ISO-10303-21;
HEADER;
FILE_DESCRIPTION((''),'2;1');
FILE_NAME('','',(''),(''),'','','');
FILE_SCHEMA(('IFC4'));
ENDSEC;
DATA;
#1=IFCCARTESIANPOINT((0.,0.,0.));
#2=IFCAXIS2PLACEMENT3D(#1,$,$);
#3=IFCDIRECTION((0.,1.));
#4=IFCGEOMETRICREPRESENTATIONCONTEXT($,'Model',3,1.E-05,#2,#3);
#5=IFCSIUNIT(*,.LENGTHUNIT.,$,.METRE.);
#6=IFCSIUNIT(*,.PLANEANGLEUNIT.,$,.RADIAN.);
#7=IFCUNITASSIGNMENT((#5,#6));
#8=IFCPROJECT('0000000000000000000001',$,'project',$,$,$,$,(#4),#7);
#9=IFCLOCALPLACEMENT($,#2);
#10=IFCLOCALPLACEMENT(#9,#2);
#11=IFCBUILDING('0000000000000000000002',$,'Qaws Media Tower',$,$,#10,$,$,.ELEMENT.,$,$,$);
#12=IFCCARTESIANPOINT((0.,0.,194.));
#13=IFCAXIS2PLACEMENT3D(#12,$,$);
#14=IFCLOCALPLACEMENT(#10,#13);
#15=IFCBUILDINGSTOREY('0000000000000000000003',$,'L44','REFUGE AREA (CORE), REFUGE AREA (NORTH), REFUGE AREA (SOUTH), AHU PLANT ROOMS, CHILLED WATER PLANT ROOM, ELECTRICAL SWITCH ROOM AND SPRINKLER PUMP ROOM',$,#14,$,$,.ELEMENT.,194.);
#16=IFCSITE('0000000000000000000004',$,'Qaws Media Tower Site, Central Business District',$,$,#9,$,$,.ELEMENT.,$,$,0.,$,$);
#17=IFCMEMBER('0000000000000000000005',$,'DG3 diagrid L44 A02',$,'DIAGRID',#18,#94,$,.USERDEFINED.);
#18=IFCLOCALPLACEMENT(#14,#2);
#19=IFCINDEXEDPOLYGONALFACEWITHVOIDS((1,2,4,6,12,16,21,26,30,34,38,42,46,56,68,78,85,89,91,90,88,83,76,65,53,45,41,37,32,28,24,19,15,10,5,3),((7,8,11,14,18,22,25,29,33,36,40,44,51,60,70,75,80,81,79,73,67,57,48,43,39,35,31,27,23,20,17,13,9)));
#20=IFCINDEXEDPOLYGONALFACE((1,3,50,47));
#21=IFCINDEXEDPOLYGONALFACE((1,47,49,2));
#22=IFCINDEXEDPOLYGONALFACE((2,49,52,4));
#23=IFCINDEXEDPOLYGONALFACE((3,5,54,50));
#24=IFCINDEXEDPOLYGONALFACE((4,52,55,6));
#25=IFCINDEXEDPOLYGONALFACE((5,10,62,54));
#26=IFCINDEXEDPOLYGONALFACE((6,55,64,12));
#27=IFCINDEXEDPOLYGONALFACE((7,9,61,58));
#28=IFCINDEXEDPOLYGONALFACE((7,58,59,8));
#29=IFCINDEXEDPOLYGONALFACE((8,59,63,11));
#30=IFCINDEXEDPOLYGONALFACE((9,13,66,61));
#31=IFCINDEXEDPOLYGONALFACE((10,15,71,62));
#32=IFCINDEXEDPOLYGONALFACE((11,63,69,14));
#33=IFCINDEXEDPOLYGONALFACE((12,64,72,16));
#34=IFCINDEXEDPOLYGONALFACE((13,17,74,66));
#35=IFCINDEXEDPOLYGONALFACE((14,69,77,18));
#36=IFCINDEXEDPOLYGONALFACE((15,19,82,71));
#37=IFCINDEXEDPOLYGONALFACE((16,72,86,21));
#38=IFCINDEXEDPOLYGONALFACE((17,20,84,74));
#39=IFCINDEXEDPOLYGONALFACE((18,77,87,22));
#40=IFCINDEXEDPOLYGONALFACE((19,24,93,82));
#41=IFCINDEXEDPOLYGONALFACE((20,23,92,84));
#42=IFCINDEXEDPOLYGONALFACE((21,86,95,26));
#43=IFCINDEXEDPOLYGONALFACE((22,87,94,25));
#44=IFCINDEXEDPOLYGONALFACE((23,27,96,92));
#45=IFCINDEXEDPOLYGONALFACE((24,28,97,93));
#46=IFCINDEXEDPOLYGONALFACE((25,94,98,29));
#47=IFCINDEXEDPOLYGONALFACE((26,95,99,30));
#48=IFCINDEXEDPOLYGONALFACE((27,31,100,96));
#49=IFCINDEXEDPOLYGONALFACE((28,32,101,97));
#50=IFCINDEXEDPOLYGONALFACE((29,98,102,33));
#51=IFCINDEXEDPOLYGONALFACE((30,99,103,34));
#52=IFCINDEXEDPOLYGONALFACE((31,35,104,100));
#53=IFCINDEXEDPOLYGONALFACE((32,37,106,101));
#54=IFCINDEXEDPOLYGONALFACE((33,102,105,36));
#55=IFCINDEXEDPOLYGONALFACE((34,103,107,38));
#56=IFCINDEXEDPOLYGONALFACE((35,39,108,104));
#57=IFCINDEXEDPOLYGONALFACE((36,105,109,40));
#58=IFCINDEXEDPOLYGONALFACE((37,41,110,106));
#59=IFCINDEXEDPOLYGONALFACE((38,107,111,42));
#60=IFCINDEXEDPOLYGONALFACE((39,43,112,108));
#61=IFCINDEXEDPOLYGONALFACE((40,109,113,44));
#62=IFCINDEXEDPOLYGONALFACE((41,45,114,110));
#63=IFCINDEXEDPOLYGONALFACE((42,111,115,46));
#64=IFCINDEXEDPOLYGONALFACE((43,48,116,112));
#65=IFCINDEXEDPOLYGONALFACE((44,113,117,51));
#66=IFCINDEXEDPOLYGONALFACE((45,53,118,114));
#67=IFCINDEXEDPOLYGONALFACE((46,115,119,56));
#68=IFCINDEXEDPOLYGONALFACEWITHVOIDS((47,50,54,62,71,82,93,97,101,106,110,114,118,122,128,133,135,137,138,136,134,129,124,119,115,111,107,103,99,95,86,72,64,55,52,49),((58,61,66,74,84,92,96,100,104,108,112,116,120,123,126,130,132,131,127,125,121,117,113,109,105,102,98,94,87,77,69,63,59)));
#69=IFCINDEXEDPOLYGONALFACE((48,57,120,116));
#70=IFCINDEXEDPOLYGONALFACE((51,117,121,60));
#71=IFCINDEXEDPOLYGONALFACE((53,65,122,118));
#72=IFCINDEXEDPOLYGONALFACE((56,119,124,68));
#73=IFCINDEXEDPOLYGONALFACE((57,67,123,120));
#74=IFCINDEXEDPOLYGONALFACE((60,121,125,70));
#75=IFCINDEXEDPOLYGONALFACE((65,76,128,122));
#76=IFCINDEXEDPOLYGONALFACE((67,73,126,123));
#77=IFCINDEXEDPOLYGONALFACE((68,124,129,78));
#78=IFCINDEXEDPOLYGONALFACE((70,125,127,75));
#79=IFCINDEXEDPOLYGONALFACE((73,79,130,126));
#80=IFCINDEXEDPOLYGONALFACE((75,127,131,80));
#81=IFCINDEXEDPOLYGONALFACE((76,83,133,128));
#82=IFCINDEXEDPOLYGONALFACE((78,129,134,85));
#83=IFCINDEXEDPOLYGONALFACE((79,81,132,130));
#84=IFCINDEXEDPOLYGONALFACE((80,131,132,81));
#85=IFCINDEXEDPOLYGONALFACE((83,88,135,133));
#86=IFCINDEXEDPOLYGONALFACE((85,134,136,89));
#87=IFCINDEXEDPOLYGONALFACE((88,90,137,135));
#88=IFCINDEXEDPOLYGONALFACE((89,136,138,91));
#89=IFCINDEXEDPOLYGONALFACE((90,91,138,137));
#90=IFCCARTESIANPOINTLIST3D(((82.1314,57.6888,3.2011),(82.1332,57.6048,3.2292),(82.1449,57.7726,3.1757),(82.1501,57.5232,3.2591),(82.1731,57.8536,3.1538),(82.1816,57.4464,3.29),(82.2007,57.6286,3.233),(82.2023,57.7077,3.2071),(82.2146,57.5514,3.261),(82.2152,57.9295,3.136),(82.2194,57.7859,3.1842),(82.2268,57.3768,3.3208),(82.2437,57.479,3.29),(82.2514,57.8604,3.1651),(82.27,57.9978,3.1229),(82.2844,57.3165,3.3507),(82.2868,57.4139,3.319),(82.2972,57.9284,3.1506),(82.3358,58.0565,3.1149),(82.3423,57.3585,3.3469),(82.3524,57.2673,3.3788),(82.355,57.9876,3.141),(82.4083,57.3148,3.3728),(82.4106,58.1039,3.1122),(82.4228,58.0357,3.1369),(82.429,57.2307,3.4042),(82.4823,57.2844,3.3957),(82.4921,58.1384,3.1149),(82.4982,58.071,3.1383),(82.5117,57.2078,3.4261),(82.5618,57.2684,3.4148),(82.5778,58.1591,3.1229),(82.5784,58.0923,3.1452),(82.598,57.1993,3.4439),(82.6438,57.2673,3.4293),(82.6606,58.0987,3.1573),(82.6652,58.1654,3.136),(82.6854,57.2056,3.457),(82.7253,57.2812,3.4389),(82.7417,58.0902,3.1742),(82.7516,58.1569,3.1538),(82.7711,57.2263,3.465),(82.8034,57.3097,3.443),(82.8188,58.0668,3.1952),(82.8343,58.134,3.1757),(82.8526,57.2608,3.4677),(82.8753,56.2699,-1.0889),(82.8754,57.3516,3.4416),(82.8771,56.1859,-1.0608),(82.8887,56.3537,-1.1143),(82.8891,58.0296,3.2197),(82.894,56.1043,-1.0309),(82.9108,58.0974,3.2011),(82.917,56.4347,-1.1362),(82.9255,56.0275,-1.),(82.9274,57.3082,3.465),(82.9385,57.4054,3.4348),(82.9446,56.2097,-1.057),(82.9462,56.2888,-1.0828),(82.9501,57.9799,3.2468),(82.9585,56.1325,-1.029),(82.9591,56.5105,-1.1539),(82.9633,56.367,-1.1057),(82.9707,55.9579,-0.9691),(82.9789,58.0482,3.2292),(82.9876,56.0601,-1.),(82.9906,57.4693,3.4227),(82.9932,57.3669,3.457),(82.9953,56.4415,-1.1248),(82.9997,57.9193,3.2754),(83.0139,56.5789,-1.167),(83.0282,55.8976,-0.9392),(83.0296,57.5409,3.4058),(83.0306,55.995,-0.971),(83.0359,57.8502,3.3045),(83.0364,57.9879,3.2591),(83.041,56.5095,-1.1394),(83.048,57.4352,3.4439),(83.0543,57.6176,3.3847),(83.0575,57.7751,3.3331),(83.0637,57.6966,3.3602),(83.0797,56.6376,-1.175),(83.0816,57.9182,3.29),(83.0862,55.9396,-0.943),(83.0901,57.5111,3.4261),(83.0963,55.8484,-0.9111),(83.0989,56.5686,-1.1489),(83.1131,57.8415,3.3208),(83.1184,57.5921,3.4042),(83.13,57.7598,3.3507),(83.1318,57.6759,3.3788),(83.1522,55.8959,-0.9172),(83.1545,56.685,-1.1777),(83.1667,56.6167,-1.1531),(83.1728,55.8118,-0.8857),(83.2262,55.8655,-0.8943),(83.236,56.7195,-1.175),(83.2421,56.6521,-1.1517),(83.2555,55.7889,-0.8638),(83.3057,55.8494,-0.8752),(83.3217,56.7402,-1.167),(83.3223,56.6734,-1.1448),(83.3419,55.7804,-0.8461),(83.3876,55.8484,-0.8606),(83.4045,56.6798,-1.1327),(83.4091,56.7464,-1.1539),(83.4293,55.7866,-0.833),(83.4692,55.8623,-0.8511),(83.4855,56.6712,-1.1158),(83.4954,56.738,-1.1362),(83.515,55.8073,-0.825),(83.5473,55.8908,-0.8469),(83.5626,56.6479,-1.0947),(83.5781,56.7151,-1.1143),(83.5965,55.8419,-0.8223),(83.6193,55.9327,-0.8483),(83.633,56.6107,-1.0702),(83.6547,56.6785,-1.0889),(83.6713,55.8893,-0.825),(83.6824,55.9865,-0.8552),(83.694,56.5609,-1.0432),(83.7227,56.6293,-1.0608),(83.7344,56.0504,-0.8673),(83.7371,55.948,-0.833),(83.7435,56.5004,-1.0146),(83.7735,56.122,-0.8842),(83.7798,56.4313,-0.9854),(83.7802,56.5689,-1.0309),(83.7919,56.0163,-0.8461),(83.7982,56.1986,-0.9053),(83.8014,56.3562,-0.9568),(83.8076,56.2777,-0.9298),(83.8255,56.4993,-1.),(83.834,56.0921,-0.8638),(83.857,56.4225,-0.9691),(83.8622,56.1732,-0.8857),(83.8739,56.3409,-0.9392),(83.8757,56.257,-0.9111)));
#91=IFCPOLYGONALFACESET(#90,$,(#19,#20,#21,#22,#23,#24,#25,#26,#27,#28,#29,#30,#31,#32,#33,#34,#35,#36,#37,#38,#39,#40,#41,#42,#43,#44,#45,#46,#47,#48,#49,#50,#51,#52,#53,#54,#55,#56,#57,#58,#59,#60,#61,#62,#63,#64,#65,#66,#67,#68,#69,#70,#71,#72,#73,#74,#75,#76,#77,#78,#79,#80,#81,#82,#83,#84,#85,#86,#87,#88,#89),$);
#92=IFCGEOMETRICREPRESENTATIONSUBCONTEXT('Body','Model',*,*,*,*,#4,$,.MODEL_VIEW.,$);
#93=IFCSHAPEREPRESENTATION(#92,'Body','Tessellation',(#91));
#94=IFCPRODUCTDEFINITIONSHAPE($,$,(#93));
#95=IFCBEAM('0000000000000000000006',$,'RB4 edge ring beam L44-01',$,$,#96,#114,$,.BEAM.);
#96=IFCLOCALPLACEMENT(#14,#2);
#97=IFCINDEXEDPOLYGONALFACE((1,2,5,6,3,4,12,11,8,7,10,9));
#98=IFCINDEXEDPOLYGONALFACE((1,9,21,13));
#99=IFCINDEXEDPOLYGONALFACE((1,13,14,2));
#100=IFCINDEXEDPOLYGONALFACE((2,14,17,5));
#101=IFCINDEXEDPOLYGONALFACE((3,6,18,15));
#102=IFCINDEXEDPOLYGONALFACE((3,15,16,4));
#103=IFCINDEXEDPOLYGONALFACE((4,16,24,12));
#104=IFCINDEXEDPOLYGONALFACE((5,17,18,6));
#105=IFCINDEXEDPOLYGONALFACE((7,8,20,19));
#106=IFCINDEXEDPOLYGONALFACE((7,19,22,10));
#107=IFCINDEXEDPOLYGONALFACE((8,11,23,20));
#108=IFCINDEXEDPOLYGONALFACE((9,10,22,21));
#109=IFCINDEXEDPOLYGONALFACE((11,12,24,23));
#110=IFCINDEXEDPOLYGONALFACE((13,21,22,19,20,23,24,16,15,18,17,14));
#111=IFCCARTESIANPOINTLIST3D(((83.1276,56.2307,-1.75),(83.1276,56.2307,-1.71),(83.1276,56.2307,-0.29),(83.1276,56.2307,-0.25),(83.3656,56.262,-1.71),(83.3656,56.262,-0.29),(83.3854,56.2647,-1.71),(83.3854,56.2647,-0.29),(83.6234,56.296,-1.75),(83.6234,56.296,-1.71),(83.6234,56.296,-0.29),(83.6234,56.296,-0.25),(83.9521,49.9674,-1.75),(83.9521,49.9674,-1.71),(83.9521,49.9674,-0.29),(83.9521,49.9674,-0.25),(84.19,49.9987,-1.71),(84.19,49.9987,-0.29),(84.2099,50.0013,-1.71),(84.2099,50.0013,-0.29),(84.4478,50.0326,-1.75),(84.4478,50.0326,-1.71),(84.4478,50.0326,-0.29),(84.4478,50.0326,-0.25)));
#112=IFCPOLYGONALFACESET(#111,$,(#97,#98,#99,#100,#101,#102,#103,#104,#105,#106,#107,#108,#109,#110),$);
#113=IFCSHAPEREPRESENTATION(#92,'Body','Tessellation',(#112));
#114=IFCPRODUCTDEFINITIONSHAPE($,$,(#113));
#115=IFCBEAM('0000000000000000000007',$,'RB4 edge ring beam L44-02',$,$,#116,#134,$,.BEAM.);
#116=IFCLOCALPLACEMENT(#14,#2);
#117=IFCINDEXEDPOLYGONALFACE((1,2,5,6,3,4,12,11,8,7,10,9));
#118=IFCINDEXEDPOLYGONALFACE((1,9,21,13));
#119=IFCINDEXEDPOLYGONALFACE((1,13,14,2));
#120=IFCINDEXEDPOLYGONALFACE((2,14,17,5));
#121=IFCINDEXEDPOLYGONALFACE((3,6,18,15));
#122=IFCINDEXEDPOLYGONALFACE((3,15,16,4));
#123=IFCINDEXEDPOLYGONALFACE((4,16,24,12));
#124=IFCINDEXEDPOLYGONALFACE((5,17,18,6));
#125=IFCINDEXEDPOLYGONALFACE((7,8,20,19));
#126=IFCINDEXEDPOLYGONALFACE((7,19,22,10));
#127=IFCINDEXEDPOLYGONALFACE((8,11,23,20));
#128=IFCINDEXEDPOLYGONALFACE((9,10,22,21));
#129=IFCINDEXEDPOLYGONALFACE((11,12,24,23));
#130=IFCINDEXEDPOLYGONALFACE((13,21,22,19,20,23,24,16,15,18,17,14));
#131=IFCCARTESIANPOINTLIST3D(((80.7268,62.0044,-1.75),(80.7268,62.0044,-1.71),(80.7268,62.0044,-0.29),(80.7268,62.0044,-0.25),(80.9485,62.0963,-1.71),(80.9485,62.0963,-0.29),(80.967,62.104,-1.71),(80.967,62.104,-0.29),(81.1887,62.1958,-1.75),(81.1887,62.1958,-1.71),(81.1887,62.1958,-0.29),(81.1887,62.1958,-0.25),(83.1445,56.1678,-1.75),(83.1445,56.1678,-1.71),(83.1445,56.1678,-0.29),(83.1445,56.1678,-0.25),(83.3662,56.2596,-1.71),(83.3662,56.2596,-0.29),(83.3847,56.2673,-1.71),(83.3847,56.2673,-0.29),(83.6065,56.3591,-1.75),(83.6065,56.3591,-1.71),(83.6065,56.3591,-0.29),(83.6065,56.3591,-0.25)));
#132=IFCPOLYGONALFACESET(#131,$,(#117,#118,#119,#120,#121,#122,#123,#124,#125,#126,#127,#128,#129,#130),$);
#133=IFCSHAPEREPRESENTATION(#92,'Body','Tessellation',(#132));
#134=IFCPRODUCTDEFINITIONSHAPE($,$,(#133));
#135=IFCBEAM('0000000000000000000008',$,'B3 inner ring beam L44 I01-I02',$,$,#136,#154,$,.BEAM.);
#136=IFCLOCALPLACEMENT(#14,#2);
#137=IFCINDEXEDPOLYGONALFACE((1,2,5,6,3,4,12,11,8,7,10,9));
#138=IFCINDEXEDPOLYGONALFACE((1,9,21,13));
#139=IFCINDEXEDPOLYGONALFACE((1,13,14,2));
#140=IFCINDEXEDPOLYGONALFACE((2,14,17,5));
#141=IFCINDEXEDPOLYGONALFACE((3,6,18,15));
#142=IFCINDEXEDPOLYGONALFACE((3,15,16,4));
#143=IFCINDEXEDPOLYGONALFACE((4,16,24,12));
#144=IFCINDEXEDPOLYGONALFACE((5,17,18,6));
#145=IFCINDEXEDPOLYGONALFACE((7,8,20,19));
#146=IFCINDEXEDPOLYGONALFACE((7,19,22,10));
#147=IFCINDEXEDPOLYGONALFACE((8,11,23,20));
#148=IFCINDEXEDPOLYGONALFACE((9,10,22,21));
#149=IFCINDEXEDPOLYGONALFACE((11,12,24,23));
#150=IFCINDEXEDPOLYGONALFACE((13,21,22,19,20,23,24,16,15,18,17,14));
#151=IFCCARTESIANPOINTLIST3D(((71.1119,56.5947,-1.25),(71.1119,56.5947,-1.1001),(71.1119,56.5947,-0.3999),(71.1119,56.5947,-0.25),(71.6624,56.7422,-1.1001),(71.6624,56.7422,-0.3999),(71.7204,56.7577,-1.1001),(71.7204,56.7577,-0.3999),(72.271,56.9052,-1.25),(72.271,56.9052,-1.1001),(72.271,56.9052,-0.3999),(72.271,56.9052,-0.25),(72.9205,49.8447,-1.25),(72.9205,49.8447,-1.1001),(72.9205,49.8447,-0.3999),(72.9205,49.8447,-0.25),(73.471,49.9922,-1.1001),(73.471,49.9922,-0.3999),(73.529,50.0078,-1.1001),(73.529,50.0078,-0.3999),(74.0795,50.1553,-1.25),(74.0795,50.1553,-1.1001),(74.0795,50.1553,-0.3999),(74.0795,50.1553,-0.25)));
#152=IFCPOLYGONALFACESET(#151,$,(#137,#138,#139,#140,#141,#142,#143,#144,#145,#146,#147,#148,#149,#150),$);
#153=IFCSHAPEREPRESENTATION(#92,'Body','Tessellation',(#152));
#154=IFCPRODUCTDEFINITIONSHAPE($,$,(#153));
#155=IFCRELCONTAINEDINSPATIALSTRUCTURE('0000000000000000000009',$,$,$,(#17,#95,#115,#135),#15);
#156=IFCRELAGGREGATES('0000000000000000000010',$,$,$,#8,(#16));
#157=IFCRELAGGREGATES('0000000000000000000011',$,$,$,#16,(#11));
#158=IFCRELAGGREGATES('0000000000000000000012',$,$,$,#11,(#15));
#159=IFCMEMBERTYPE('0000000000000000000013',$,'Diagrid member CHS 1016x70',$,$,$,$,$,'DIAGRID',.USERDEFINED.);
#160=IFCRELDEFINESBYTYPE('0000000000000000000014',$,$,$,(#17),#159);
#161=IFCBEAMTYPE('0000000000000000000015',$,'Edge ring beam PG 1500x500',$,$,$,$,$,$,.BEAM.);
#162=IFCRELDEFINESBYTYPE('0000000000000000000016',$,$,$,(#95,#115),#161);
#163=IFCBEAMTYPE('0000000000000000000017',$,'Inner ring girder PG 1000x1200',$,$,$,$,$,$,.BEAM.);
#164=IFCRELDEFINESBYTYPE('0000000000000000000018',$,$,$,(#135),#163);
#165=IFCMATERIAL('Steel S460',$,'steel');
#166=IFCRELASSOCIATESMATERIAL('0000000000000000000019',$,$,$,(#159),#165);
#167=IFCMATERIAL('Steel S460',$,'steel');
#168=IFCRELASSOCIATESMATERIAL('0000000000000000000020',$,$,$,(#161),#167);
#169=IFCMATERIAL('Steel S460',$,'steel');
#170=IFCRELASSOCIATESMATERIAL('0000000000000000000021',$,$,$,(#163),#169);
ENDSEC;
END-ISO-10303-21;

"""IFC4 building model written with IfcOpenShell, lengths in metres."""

from ifc_helpers import new_model, si_unit, direction, frame, origin, origin_2d, place, context, subcontext, project, spatial, hollow_circle, i_section, extrude, material, material_profile, profile_set, type_object, element, save


model = new_model("IFC4")

# Units and contexts
model_context = context("Model", 3, precision=1e-05, world=origin(), true_north=direction((0.0, 1.0)))
body_context = subcontext(model_context, "Body", "Model", "MODEL_VIEW")
ifc_project = project(units=[si_unit("LENGTHUNIT", "METRE"), si_unit("PLANEANGLEUNIT", "RADIAN")], contexts=[model_context])

# Site, building, storey
site_placement = place(None, origin())
site = spatial("IfcSite", under=ifc_project, at=site_placement, Name="Qaws Media Tower Site, Central Business District", CompositionType="ELEMENT", RefElevation=0.0)
building_placement = place(site_placement, origin())
building = spatial("IfcBuilding", under=site, at=building_placement, Name="Qaws Media Tower", CompositionType="ELEMENT")
storey_placement = place(building_placement, frame((0.0, 0.0, 194.0)))
storey = spatial("IfcBuildingStorey", under=building, at=storey_placement, Name="L44", Description="REFUGE AREA (CORE), REFUGE AREA (NORTH), REFUGE AREA (SOUTH), AHU PLANT ROOMS, CHILLED WATER PLANT ROOM, ELECTRICAL SWITCH ROOM AND SPRINKLER PUMP ROOM", CompositionType="ELEMENT", Elevation=194.0)

# Member
ifc_material_1 = material(Name="Steel S460", Category="steel")
ifc_material_profile_1 = material_profile(ifc_material_1, hollow_circle(Radius=0.5081, WallThickness=0.0701, at=origin_2d()), Name="CHS 1016x70")
ifc_profile_set_1 = profile_set([ifc_material_profile_1], Name="Steel S460")
member_type_1 = type_object("IfcMemberType", Name="Diagrid member CHS 1016x70", ElementType="DIAGRID", PredefinedType="USERDEFINED", material=ifc_profile_set_1)
for number, where, z_axis, x_axis, name in (
    (1, (83.3755, 56.2634, -1.0), (-0.162443, 0.309852, 0.936805), (-0.885667, -0.46432, 0.0), "DG3 diagrid L44 A02"),
):
    element("IfcMember", number, at=place(storey_placement, frame(where, z_axis=z_axis, x_axis=x_axis)), inside=storey, type_object=member_type_1, Name=name, ObjectType="DIAGRID", PredefinedType="USERDEFINED", context=body_context, shape_type="SweptSolid", body=[
        extrude(hollow_circle(Radius=0.5081, WallThickness=0.0701, at=origin_2d()), origin(), (0.0, 0.0, 1.0), 4.5793),
    ])

# Beams
ifc_material_2 = material(Name="Steel S460", Category="steel")
ifc_material_profile_2 = material_profile(ifc_material_2, i_section(OverallWidth=0.5, OverallDepth=1.5, WebThickness=0.02, FlangeThickness=0.04, at=origin_2d()), Name="PG 1500x500")
ifc_profile_set_2 = profile_set([ifc_material_profile_2], Name="Steel S460")
beam_type_1 = type_object("IfcBeamType", Name="Edge ring beam PG 1500x500", PredefinedType="BEAM", material=ifc_profile_set_2)
beam_1_placement = place(storey_placement, frame((84.2, 50.0, -1.0), z_axis=(-0.130505, 0.991448, 0.0), x_axis=(-0.991448, -0.130505, 0.0)))
element("IfcBeam", 2, at=beam_1_placement, inside=storey, type_object=beam_type_1, Name="RB4 edge ring beam L44-01", PredefinedType="BEAM", context=body_context, shape_type="SweptSolid", body=[
    extrude(i_section(OverallWidth=0.5, OverallDepth=1.5, WebThickness=0.02, FlangeThickness=0.04, at=origin_2d()), origin(), (0.0, 0.0, 1.0), 6.3174),
])
beam_2_placement = place(storey_placement, frame((83.3755, 56.2634, -1.0), z_axis=(-0.382697, 0.923874, 0.0), x_axis=(-0.923874, -0.382697, 0.0)))
element("IfcBeam", 3, at=beam_2_placement, inside=storey, type_object=beam_type_1, Name="RB4 edge ring beam L44-02", PredefinedType="BEAM", context=body_context, shape_type="SweptSolid", body=[
    extrude(i_section(OverallWidth=0.5, OverallDepth=1.5, WebThickness=0.02, FlangeThickness=0.04, at=origin_2d()), origin(), (0.0, 0.0, 1.0), 6.3176),
])
ifc_material_3 = material(Name="Steel S460", Category="steel")
ifc_material_profile_3 = material_profile(ifc_material_3, i_section(OverallWidth=1.2, OverallDepth=1.0, WebThickness=0.0601, FlangeThickness=0.1499, at=origin_2d()), Name="PG 1000x1200")
ifc_profile_set_3 = profile_set([ifc_material_profile_3], Name="Steel S460")
beam_type_2 = type_object("IfcBeamType", Name="Inner ring girder PG 1000x1200", PredefinedType="BEAM", material=ifc_profile_set_3)
beam_3_placement = place(storey_placement, frame((73.5, 50.0, -0.75), z_axis=(-0.258811, 0.965928, 0.0), x_axis=(-0.965928, -0.258811, 0.0)))
element("IfcBeam", 4, at=beam_3_placement, inside=storey, type_object=beam_type_2, Name="B3 inner ring beam L44 I01-I02", PredefinedType="BEAM", context=body_context, shape_type="SweptSolid", body=[
    extrude(i_section(OverallWidth=1.2, OverallDepth=1.0, WebThickness=0.0601, FlangeThickness=0.1499, at=origin_2d()), origin(), (0.0, 0.0, 1.0), 6.988),
])

save(model, "model.ifc")
